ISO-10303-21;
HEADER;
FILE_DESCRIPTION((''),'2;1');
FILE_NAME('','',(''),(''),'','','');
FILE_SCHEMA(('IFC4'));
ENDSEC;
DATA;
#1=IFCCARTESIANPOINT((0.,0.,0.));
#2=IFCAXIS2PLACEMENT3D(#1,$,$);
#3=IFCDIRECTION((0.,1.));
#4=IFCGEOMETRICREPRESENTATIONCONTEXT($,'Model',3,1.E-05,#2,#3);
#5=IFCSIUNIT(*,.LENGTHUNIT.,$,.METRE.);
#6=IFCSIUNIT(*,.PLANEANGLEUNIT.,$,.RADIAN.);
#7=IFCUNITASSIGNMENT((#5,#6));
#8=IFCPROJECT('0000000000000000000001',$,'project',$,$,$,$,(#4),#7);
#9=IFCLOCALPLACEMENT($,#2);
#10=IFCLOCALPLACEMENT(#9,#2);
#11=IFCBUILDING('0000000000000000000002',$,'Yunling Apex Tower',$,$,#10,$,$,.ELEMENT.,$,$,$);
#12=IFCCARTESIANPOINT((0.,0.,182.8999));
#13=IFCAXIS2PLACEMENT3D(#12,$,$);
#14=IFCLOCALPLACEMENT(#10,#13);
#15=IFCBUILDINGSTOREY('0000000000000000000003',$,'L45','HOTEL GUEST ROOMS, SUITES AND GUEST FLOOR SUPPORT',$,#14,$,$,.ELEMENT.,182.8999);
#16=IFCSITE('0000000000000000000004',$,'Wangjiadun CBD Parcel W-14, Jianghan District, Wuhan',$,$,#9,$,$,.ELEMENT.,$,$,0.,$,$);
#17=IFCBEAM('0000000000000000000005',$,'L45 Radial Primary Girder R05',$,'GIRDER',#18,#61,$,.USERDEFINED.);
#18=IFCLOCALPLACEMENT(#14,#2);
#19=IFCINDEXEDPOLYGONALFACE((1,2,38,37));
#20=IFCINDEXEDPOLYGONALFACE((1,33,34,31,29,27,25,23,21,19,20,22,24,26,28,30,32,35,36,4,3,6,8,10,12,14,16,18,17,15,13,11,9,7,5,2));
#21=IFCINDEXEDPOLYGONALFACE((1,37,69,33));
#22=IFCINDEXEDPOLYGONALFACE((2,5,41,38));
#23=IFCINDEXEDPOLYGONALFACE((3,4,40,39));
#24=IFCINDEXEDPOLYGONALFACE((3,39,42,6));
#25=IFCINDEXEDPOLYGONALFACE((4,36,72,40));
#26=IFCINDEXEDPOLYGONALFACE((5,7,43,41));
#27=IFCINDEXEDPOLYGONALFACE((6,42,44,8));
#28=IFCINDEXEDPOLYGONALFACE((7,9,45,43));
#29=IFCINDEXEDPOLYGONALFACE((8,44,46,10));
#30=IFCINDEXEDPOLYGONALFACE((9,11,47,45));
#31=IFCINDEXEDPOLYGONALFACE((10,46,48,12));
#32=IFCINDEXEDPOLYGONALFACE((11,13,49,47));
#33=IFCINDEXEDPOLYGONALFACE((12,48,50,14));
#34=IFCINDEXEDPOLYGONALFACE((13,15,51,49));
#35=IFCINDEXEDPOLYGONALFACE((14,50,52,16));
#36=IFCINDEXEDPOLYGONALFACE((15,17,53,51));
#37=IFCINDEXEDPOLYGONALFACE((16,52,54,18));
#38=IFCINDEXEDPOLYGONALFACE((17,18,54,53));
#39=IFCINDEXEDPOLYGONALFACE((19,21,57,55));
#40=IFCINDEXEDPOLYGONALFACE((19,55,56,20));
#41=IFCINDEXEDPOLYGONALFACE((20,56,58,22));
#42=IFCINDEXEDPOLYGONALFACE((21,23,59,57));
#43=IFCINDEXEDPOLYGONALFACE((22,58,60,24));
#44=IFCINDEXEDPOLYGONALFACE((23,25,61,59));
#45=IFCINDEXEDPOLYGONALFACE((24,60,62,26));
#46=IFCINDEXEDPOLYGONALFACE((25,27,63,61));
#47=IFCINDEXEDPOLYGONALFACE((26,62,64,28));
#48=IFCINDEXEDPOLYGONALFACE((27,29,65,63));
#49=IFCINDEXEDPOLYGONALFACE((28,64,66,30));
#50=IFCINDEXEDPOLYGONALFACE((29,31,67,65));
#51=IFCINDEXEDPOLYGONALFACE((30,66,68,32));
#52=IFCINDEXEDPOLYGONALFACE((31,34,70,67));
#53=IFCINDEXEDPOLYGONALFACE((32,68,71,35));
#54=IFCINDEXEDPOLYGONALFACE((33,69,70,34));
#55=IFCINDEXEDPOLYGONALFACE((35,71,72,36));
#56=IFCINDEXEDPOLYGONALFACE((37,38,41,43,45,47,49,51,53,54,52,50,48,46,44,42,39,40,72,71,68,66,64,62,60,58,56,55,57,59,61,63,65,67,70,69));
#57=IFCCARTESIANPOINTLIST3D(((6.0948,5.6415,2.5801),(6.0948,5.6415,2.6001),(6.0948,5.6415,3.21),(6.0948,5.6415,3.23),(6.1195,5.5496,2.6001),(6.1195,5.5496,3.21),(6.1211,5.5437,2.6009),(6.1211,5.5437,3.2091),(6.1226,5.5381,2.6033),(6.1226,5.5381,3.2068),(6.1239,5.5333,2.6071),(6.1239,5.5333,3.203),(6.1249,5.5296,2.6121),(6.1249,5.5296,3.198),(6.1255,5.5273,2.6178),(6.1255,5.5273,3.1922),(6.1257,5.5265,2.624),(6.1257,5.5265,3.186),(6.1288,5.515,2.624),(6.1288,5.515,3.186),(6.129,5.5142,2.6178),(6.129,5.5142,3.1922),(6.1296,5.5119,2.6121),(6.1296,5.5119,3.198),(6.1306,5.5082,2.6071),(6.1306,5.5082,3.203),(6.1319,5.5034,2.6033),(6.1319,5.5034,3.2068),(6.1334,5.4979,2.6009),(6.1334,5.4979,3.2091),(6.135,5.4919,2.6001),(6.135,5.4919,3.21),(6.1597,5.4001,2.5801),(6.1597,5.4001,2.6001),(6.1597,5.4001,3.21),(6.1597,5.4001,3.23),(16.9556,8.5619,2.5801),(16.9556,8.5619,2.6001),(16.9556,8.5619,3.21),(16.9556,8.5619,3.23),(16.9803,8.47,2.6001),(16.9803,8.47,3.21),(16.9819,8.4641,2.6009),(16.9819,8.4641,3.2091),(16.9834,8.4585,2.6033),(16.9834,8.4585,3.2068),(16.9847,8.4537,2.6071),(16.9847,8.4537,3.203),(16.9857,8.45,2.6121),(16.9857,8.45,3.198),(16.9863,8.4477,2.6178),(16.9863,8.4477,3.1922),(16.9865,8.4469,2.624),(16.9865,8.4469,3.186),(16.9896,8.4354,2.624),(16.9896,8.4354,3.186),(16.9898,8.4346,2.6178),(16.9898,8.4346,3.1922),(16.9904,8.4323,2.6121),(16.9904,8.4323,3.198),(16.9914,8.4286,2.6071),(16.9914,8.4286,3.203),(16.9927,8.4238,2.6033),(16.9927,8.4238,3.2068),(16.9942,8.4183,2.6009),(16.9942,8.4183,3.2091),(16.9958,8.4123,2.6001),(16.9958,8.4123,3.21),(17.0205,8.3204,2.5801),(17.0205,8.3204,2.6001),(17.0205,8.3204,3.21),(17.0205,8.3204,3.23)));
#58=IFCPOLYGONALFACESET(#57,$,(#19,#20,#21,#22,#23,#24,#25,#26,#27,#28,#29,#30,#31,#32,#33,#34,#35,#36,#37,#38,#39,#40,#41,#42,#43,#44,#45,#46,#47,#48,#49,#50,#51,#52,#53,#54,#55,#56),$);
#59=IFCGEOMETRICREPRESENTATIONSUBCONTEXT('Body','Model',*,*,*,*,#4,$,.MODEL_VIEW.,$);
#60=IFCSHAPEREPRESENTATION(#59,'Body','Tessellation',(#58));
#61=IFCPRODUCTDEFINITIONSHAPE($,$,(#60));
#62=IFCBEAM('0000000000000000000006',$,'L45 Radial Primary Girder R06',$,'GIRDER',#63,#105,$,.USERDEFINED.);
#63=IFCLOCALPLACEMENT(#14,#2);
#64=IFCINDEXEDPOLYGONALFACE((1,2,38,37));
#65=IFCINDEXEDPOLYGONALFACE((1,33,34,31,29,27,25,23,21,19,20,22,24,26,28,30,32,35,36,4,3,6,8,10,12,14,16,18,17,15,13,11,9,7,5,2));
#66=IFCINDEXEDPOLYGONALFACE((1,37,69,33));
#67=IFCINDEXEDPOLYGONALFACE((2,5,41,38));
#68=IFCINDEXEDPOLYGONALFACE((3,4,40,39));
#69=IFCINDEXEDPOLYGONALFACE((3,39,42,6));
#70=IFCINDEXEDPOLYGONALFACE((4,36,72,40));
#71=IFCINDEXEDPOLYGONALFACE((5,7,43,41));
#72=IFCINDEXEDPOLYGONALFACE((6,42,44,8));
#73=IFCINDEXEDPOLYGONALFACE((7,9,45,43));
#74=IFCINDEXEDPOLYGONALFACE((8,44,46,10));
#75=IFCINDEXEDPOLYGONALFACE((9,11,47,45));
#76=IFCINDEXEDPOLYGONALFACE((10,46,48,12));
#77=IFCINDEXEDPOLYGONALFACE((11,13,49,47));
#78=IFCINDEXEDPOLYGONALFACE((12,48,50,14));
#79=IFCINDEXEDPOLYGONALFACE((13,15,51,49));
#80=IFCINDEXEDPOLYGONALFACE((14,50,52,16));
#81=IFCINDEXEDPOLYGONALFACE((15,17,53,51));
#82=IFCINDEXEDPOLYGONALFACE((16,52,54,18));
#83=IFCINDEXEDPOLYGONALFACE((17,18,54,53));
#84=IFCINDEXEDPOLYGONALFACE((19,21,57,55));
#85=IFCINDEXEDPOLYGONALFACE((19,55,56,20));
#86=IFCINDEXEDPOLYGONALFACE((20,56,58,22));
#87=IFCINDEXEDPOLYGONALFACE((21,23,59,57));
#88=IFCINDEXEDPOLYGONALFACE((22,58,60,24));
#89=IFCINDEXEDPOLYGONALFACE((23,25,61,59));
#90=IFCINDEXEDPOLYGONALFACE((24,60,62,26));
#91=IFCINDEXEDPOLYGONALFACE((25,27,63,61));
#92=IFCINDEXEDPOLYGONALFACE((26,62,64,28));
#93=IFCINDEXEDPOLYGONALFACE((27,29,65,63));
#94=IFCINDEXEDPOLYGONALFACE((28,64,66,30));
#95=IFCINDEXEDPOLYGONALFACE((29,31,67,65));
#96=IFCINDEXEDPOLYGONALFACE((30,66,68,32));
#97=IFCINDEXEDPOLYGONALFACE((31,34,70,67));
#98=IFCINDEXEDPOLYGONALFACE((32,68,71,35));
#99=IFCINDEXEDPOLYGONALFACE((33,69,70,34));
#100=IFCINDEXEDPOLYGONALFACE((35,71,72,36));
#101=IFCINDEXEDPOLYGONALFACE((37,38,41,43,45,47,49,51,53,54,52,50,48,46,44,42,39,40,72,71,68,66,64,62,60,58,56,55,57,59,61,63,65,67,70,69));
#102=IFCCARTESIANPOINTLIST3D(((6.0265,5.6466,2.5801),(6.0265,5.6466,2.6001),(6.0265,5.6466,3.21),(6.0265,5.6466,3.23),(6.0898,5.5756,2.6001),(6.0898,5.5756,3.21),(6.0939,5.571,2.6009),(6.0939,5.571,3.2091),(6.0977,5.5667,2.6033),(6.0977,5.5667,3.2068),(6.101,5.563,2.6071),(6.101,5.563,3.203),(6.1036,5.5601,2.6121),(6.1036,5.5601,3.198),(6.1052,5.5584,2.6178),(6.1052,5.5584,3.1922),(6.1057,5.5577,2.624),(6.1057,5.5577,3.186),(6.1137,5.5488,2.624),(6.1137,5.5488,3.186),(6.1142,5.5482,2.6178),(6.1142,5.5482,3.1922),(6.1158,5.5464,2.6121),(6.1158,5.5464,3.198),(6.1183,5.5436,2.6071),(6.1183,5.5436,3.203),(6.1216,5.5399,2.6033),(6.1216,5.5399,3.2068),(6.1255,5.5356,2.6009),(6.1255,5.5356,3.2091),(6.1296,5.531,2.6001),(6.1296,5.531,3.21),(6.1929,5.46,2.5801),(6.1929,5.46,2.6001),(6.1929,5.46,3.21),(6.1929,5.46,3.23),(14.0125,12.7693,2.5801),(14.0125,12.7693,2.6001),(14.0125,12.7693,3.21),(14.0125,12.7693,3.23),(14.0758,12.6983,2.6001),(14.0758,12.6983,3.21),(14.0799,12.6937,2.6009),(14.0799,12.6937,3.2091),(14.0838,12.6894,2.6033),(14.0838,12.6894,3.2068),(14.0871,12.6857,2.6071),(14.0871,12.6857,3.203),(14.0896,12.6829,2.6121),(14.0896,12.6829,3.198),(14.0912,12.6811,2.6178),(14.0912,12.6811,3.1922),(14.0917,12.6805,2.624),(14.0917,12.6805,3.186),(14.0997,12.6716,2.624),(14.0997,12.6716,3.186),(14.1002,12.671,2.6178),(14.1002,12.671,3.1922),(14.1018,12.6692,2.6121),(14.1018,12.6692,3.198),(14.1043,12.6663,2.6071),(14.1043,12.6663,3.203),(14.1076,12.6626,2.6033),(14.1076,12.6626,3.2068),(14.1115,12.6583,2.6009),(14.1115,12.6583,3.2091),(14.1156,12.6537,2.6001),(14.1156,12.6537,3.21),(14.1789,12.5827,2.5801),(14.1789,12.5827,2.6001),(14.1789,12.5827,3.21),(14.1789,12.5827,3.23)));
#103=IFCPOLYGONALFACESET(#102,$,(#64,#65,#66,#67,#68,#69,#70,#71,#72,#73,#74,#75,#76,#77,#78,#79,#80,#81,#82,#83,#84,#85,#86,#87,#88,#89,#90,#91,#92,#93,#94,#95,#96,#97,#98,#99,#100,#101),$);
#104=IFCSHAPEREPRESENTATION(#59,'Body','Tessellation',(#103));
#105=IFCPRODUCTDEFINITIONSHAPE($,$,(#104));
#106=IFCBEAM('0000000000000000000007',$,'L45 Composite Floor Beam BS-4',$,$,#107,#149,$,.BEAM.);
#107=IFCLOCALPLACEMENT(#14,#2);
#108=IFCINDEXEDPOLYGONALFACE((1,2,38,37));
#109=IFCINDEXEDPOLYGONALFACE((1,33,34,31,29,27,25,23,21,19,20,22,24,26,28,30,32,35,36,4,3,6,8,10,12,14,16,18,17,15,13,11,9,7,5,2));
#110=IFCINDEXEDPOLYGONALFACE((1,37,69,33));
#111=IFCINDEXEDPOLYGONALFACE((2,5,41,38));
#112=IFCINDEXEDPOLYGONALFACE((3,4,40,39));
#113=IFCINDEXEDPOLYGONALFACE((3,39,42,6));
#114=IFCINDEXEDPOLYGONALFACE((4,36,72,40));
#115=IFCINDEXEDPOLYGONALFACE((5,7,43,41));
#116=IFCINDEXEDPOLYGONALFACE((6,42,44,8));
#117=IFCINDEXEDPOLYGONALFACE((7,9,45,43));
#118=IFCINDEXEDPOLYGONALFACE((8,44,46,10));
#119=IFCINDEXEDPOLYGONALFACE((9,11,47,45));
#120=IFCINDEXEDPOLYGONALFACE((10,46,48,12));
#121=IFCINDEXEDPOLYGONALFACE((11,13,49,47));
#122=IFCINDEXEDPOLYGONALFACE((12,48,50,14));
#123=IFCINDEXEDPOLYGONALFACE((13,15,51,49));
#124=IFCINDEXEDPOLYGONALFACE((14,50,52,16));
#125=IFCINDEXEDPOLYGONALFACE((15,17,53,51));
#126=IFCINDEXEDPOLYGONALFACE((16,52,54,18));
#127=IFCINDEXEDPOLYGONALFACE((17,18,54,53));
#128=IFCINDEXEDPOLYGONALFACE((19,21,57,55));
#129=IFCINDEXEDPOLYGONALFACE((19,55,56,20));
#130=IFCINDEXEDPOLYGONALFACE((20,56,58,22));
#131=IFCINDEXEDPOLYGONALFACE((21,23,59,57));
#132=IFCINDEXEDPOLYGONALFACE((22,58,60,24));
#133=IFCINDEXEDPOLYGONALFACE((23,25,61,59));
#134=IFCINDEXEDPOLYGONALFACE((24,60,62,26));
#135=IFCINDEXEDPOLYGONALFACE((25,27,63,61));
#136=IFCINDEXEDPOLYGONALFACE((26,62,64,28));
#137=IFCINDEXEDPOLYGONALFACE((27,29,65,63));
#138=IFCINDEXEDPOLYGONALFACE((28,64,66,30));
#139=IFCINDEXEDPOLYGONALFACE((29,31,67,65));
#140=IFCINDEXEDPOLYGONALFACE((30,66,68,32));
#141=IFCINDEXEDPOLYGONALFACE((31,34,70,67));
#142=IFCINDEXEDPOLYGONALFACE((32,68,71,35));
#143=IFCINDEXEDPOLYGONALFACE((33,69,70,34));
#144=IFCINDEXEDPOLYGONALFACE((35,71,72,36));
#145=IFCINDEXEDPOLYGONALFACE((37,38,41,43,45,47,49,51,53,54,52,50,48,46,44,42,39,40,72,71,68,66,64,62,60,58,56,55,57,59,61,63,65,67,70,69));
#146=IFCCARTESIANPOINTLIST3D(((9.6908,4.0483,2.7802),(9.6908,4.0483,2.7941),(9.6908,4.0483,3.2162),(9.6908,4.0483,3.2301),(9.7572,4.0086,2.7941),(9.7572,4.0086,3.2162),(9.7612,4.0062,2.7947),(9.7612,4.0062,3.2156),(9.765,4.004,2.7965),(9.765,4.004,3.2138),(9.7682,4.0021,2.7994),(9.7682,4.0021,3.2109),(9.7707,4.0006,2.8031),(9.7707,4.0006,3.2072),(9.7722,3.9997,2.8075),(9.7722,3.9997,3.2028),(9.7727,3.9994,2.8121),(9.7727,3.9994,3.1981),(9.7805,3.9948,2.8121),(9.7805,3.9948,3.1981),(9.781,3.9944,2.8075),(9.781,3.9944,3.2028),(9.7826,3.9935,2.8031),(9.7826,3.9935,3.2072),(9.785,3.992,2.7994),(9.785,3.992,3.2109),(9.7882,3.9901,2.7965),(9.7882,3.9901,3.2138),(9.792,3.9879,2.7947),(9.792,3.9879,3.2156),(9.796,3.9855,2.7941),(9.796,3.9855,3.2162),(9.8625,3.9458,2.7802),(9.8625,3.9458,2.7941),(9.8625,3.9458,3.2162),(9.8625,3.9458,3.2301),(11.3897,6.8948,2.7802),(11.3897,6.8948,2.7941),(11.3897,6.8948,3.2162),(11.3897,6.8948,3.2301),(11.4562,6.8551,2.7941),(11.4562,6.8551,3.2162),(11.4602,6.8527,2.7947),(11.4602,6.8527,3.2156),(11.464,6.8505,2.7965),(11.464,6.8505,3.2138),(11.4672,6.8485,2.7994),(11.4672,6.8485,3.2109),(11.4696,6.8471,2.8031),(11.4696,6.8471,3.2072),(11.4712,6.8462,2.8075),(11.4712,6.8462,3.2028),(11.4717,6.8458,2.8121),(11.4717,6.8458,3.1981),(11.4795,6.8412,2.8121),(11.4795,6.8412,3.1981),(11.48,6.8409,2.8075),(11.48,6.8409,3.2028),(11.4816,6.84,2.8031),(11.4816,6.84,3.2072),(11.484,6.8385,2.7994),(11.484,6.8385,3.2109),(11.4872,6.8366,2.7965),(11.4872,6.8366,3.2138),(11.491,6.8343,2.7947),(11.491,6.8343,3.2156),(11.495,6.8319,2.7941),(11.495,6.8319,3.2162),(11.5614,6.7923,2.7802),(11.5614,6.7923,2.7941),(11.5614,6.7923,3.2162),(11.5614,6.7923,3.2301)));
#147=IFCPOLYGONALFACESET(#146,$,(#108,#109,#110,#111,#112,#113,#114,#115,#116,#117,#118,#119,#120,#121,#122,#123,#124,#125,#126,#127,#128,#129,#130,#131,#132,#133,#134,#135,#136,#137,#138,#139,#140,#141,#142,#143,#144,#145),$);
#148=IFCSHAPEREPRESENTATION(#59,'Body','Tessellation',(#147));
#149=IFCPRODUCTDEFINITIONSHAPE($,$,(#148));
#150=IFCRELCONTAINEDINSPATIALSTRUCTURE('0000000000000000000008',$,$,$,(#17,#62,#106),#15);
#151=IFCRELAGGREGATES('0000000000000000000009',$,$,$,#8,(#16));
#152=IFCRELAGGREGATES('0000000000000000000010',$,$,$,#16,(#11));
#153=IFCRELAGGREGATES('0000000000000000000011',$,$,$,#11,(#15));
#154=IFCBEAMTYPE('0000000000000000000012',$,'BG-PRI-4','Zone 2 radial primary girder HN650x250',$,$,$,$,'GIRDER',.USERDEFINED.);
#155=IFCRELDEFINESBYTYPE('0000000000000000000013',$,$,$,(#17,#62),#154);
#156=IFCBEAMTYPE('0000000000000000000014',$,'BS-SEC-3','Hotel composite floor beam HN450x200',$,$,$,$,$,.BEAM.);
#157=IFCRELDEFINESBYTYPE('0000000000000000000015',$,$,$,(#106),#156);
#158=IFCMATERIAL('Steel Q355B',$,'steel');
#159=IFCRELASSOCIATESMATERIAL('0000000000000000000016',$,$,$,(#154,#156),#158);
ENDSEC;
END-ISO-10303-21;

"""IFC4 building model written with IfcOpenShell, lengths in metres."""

from ifc_helpers import new_model, si_unit, direction, frame, origin, origin_2d, place, context, subcontext, project, spatial, i_section, extrude, source, transform, mapped, material, material_profile, profile_set, type_object, element, save


model = new_model("IFC4")

# Units and contexts
model_context = context("Model", 3, precision=1e-05, world=origin(), true_north=direction((0.0, 1.0)))
body_context = subcontext(model_context, "Body", "Model", "MODEL_VIEW")
ifc_project = project(units=[si_unit("LENGTHUNIT", "METRE"), si_unit("PLANEANGLEUNIT", "RADIAN")], contexts=[model_context])

# Site, building, storey
site_placement = place(None, origin())
site = spatial("IfcSite", under=ifc_project, at=site_placement, Name="Wangjiadun CBD Parcel W-14, Jianghan District, Wuhan", CompositionType="ELEMENT", RefElevation=0.0)
building_placement = place(site_placement, origin())
building = spatial("IfcBuilding", under=site, at=building_placement, Name="Yunling Apex Tower", CompositionType="ELEMENT")
storey_placement = place(building_placement, frame((0.0, 0.0, 182.8999)))
storey = spatial("IfcBuildingStorey", under=building, at=storey_placement, Name="L45", Description="HOTEL GUEST ROOMS, SUITES AND GUEST FLOOR SUPPORT", CompositionType="ELEMENT", Elevation=182.8999)

# Beams
ifc_material_1 = material(Name="Steel Q355B", Category="steel")
ifc_material_profile_1 = material_profile(ifc_material_1, i_section(OverallWidth=0.25, OverallDepth=0.6499, WebThickness=0.012, FlangeThickness=0.02, FilletRadius=0.0239, at=origin_2d()))
ifc_profile_set_1 = profile_set([ifc_material_profile_1], Name="Steel Q355B")
beam_type_1 = type_object("IfcBeamType", Name="BG-PRI-4", Description="Zone 2 radial primary girder HN650x250", ElementType="GIRDER", PredefinedType="USERDEFINED", material=ifc_profile_set_1)
shared_shape_1 = source(origin(), body_context, "Body", "SweptSolid", [
    extrude(i_section(OverallWidth=0.25, OverallDepth=0.6499, WebThickness=0.012, FlangeThickness=0.02, FilletRadius=0.0239, at=origin_2d()), origin(), (0.0, 0.0, 1.0), 11.2466),
])
beam_1_placement = place(storey_placement, frame((16.988, 8.4412, 2.905), z_axis=(-0.965697, -0.25967, 0.0), x_axis=(0.25967, -0.965697, 0.0)))
element("IfcBeam", 1, at=beam_1_placement, inside=storey, type_object=beam_type_1, Name="L45 Radial Primary Girder R05", ObjectType="GIRDER", PredefinedType="USERDEFINED", context=body_context, shape_type="MappedRepresentation", body=[
    mapped(shared_shape_1, transform((0.0, 0.0, 0.0), scale=1.0)),
])
shared_shape_2 = source(origin(), body_context, "Body", "SweptSolid", [
    extrude(i_section(OverallWidth=0.25, OverallDepth=0.6499, WebThickness=0.012, FlangeThickness=0.02, FilletRadius=0.0239, at=origin_2d()), origin(), (0.0, 0.0, 1.0), 10.7009),
])
beam_2_placement = place(storey_placement, frame((14.0957, 12.676, 2.905), z_axis=(-0.746292, -0.665619, 0.0), x_axis=(0.665619, -0.746292, 0.0)))
element("IfcBeam", 2, at=beam_2_placement, inside=storey, type_object=beam_type_1, Name="L45 Radial Primary Girder R06", ObjectType="GIRDER", PredefinedType="USERDEFINED", context=body_context, shape_type="MappedRepresentation", body=[
    mapped(shared_shape_2, transform((0.0, 0.0, 0.0), scale=1.0)),
])
ifc_material_profile_2 = material_profile(ifc_material_1, i_section(OverallWidth=0.2, OverallDepth=0.45, WebThickness=0.009, FlangeThickness=0.0139, FilletRadius=0.0181, at=origin_2d()))
ifc_profile_set_2 = profile_set([ifc_material_profile_2], Name="Steel Q355B")
beam_type_2 = type_object("IfcBeamType", Name="BS-SEC-3", Description="Hotel composite floor beam HN450x200", PredefinedType="BEAM", material=ifc_profile_set_2)
shared_shape_3 = source(origin(), body_context, "Body", "SweptSolid", [
    extrude(i_section(OverallWidth=0.2, OverallDepth=0.45, WebThickness=0.009, FlangeThickness=0.0139, FilletRadius=0.0181, at=origin_2d()), origin(), (0.0, 0.0, 1.0), 3.3149),
])
beam_3_placement = place(storey_placement, frame((9.7766, 3.9971, 3.0051), z_axis=(0.512523, 0.858673, 0.0), x_axis=(-0.858673, 0.512523, 0.0)))
element("IfcBeam", 3, at=beam_3_placement, inside=storey, type_object=beam_type_2, Name="L45 Composite Floor Beam BS-4", PredefinedType="BEAM", context=body_context, shape_type="MappedRepresentation", body=[
    mapped(shared_shape_3, transform((0.0, 0.0, 0.0), scale=1.0)),
])

save(model, "model.ifc")
